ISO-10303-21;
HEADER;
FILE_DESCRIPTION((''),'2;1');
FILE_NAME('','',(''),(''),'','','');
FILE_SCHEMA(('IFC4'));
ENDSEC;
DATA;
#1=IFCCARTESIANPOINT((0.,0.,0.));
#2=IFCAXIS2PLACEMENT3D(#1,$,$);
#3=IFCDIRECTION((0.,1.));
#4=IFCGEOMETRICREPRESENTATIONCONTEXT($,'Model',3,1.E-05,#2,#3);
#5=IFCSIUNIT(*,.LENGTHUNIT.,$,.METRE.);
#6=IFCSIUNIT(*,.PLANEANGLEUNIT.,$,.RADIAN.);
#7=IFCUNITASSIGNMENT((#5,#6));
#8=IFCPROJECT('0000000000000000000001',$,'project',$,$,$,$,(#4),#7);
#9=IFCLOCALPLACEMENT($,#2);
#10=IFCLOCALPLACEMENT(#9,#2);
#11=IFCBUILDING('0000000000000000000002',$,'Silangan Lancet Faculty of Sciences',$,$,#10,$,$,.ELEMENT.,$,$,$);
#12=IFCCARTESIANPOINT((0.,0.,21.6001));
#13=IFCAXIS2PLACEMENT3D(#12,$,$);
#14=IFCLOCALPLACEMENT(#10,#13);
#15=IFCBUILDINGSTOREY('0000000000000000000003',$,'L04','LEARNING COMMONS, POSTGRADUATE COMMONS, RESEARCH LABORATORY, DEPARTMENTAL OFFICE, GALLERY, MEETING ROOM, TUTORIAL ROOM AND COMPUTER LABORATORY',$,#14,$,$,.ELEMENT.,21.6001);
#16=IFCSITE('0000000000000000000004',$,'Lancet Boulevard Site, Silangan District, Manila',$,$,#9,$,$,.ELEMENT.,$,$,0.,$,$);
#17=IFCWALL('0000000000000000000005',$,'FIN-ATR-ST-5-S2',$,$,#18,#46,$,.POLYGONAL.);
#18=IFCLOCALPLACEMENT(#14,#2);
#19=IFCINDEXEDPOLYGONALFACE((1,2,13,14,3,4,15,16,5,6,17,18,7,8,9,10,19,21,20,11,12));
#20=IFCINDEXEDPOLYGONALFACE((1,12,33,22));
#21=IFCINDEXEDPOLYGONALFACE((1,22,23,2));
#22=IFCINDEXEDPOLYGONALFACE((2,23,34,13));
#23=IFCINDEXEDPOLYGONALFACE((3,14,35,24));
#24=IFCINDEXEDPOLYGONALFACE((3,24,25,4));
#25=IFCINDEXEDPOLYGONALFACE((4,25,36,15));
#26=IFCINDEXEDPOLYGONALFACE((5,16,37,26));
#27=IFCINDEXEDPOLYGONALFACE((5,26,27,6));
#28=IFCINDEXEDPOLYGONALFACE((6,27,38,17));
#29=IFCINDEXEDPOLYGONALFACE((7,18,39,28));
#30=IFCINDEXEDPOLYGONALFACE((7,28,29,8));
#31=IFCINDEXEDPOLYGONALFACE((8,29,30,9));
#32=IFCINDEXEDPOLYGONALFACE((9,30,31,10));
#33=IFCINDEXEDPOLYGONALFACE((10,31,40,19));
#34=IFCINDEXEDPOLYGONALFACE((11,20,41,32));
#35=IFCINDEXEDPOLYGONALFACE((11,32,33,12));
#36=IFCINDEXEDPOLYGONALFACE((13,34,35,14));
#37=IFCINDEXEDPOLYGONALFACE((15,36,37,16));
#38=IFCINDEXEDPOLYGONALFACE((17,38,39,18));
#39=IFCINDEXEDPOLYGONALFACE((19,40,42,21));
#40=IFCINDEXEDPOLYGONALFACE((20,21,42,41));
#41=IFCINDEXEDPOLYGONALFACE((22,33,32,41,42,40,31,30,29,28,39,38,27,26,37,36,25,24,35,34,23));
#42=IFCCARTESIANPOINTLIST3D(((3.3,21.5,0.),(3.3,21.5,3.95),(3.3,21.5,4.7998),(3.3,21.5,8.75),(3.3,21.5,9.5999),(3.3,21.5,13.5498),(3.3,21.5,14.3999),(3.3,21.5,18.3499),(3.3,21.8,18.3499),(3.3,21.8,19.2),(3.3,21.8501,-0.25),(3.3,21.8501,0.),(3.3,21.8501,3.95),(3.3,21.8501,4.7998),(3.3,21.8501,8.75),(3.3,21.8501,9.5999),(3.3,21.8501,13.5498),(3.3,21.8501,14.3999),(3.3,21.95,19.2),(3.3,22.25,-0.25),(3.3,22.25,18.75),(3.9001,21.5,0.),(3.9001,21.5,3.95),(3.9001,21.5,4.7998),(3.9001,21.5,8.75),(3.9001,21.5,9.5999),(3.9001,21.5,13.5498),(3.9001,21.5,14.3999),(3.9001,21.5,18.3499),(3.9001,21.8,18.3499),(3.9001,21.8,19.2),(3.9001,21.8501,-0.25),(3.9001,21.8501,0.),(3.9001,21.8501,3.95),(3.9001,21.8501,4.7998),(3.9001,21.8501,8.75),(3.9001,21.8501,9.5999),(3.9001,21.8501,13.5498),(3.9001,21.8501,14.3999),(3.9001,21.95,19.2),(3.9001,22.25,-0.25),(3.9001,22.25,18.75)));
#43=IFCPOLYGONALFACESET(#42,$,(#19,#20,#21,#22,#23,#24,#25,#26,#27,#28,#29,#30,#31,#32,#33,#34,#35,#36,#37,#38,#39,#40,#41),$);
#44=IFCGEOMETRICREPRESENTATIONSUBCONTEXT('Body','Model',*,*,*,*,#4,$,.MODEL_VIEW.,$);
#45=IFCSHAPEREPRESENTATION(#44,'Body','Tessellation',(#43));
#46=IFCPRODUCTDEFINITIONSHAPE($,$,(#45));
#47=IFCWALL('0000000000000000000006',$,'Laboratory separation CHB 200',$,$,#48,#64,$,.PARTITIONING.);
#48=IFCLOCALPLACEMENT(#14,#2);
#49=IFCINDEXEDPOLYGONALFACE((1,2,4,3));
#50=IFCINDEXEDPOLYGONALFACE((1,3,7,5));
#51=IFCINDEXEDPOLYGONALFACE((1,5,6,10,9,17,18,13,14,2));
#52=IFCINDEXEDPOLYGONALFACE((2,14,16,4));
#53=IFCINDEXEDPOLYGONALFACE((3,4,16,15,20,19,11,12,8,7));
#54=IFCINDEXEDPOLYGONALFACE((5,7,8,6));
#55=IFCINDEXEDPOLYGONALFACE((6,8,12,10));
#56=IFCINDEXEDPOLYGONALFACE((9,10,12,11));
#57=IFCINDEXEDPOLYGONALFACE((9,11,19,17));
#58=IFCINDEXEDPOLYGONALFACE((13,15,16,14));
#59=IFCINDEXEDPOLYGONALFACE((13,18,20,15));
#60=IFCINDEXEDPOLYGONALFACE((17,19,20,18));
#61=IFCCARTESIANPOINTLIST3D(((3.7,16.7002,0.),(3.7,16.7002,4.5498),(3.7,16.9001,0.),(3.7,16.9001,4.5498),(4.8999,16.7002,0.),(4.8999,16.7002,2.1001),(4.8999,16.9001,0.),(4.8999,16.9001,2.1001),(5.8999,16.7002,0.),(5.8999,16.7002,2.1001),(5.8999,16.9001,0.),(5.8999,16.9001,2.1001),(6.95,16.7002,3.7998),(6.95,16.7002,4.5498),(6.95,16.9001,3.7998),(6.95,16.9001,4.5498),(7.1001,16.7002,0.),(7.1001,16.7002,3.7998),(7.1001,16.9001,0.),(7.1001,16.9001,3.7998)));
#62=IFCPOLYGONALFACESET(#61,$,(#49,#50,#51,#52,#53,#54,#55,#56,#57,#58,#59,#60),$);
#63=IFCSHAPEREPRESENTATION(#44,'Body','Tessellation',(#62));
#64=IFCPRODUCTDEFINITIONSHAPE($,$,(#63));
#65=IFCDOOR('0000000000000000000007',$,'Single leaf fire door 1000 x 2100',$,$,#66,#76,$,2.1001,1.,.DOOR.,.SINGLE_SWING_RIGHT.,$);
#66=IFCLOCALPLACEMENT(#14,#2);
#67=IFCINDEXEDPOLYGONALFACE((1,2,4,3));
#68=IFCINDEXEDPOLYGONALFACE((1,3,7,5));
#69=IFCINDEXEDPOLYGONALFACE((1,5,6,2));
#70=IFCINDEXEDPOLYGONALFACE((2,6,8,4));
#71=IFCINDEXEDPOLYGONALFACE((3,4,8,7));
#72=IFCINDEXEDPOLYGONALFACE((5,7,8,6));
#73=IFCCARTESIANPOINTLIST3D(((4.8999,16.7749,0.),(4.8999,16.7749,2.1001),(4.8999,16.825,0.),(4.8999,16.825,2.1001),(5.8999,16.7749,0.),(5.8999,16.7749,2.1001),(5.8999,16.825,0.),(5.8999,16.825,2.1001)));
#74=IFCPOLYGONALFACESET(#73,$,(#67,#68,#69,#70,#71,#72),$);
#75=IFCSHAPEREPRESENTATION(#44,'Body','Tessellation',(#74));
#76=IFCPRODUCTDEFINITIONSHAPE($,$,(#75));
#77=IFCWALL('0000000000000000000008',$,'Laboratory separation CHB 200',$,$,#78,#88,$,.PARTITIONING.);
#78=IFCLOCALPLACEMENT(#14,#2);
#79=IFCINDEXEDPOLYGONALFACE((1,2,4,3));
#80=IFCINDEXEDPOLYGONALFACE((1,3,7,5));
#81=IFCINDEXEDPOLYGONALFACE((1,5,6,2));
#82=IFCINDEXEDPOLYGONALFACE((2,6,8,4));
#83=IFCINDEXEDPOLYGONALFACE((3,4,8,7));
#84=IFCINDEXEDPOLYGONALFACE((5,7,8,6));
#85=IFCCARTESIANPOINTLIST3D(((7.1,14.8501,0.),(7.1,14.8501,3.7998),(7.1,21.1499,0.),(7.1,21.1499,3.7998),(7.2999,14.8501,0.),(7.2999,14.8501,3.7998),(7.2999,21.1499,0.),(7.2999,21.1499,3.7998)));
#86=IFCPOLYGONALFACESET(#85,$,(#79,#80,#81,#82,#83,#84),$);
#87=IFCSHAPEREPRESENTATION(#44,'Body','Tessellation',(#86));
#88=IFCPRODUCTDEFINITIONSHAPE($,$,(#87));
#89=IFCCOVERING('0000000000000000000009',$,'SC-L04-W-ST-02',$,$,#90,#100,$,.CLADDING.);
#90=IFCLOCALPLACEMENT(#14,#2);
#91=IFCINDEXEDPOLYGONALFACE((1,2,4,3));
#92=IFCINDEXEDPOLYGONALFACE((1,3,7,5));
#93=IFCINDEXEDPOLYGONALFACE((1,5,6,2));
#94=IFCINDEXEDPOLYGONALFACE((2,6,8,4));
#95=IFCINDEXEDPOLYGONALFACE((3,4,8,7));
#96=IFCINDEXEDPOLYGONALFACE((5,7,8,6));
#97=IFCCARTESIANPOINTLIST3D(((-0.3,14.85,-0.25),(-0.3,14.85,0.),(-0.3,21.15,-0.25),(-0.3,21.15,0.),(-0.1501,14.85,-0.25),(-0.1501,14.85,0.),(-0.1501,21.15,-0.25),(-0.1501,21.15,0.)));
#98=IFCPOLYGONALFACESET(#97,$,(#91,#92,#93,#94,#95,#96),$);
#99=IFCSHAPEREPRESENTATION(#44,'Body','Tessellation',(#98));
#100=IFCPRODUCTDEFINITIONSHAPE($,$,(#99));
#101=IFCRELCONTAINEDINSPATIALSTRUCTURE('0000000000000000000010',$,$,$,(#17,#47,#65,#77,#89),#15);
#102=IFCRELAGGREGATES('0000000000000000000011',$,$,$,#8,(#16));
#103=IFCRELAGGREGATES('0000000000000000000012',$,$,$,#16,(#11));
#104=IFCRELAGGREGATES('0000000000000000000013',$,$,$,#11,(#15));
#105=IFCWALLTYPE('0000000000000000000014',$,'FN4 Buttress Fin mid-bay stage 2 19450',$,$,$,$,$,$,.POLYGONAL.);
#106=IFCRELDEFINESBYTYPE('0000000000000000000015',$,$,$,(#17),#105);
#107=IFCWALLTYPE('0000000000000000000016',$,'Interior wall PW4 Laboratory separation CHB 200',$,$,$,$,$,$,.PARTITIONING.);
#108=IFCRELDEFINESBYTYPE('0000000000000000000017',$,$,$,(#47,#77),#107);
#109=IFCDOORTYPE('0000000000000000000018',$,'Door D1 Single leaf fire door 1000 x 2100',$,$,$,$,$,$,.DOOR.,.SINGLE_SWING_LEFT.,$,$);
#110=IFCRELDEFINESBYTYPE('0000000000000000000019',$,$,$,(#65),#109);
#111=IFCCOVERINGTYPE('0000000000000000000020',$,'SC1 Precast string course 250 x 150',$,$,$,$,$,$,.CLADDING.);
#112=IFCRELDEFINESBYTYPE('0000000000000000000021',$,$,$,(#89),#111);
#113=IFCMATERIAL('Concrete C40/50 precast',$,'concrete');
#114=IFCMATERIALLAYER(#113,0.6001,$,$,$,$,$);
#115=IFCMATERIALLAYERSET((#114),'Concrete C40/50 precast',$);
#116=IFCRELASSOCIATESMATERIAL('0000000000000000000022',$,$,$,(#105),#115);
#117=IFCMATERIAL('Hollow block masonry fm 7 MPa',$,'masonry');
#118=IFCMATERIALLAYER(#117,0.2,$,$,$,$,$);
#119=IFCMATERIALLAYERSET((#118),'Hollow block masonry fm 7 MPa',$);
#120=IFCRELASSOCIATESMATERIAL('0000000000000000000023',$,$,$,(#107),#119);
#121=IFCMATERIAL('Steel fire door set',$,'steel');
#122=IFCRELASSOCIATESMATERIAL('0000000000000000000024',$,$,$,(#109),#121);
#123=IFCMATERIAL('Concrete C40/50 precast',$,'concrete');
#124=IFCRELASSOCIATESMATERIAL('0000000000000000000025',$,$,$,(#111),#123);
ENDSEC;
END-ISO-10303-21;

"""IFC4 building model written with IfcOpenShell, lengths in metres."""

from ifc_helpers import new_model, si_unit, direction, frame, frame_2d, origin, origin_2d, place, context, subcontext, project, spatial, polyline, rectangle, outline, extrude, material, layer, layer_set, type_object, element, fill, save


model = new_model("IFC4")

# Units and contexts
model_context = context("Model", 3, precision=1e-05, world=origin(), true_north=direction((0.0, 1.0)))
body_context = subcontext(model_context, "Body", "Model", "MODEL_VIEW")
ifc_project = project(units=[si_unit("LENGTHUNIT", "METRE"), si_unit("PLANEANGLEUNIT", "RADIAN")], contexts=[model_context])

# Site, building, storey
site_placement = place(None, origin())
site = spatial("IfcSite", under=ifc_project, at=site_placement, Name="Lancet Boulevard Site, Silangan District, Manila", CompositionType="ELEMENT", RefElevation=0.0)
building_placement = place(site_placement, origin())
building = spatial("IfcBuilding", under=site, at=building_placement, Name="Silangan Lancet Faculty of Sciences", CompositionType="ELEMENT")
storey_placement = place(building_placement, frame((0.0, 0.0, 21.6001)))
storey = spatial("IfcBuildingStorey", under=building, at=storey_placement, Name="L04", Description="LEARNING COMMONS, POSTGRADUATE COMMONS, RESEARCH LABORATORY, DEPARTMENTAL OFFICE, GALLERY, MEETING ROOM, TUTORIAL ROOM AND COMPUTER LABORATORY", CompositionType="ELEMENT", Elevation=21.6001)

# Wall
ifc_material_1 = material(Name="Concrete C40/50 precast", Category="concrete")
ifc_layer_1 = layer(ifc_material_1, 0.6001)
ifc_layer_set_1 = layer_set([ifc_layer_1], Name="Concrete C40/50 precast")
wall_type_1 = type_object("IfcWallType", Name="FN4 Buttress Fin mid-bay stage 2 19450", PredefinedType="POLYGONAL", material=ifc_layer_set_1)
wall_1_placement = place(storey_placement, frame((3.6001, 21.5, -0.25), z_axis=(0.0, 0.0, 1.0), x_axis=(0.0, 1.0, 0.0)))
element("IfcWall", 1, at=wall_1_placement, inside=storey, type_object=wall_type_1, Name="FIN-ATR-ST-5-S2", PredefinedType="POLYGONAL", context=body_context, shape_type="SweptSolid", body=[
    extrude(outline(polyline([(0.75, 0.0), (0.75, 19.0), (0.45, 19.45), (0.3, 19.45), (0.3, 18.5999), (0.0, 18.5999), (0.0, 14.6499), (0.3501, 14.6499), (0.3501, 13.7998), (0.0, 13.7998), (0.0, 9.8499), (0.3501, 9.8499), (0.3501, 9.0), (0.0, 9.0), (0.0, 5.0498), (0.3501, 5.0498), (0.3501, 4.2), (0.0, 4.2), (0.0, 0.25), (0.3501, 0.25), (0.3501, 0.0), (0.75, 0.0)])), frame((0.0, 0.3, 0.0), z_axis=(0.0, -1.0, 0.0), x_axis=(1.0, 0.0, 0.0)), (0.0, 0.0, 1.0), 0.6001),
])

# Wall, opening, door
ifc_material_2 = material(Name="Hollow block masonry fm 7 MPa", Category="masonry")
ifc_layer_2 = layer(ifc_material_2, 0.2)
ifc_layer_set_2 = layer_set([ifc_layer_2], Name="Hollow block masonry fm 7 MPa")
wall_type_2 = type_object("IfcWallType", Name="Interior wall PW4 Laboratory separation CHB 200", PredefinedType="PARTITIONING", material=ifc_layer_set_2)
wall_2_placement = place(storey_placement, frame((3.7, 16.8, 0.0), z_axis=(0.0, 0.0, 1.0), x_axis=(1.0, 0.0, 0.0)))
wall_2 = element("IfcWall", 2, at=wall_2_placement, inside=storey, type_object=wall_type_2, Name="Laboratory separation CHB 200", PredefinedType="PARTITIONING", context=body_context, shape_type="SweptSolid", body=[
    extrude(outline(polyline([(0.0, 0.0), (3.4001, 0.0), (3.4001, 3.7998), (3.25, 3.7998), (3.25, 4.5498), (0.0, 4.5498), (0.0, 0.0)])), frame((0.0, 0.1001, 0.0), z_axis=(0.0, -1.0, 0.0), x_axis=(1.0, 0.0, 0.0)), (0.0, 0.0, 1.0), 0.2),
])
opening_1_placement = place(wall_2_placement, frame((1.2, 0.0, 0.0)))
opening_1 = element("IfcOpeningElement", 3, at=opening_1_placement, cuts=wall_2, PredefinedType="OPENING", context=body_context, shape_type="SweptSolid", body=[
    extrude(rectangle(XDim=1.0, YDim=2.1001, at=frame_2d((0.5, 1.05))), frame((0.0, 0.1099, 0.0), z_axis=(0.0, -1.0, 0.0), x_axis=(1.0, 0.0, 0.0)), (0.0, 0.0, 1.0), 0.22),
])
ifc_material_3 = material(Name="Steel fire door set", Category="steel")
door_type = type_object("IfcDoorType", Name="Door D1 Single leaf fire door 1000 x 2100", OperationType="SINGLE_SWING_LEFT", PredefinedType="DOOR", material=ifc_material_3)
door_placement = place(opening_1_placement, origin())
door = element("IfcDoor", 4, at=door_placement, inside=storey, type_object=door_type, Name="Single leaf fire door 1000 x 2100", OperationType="SINGLE_SWING_RIGHT", OverallHeight=2.1001, OverallWidth=1.0, PredefinedType="DOOR", context=body_context, shape_type="SweptSolid", body=[
    extrude(rectangle(XDim=1.0, YDim=2.1001, at=frame_2d((0.5, 1.05))), frame((0.0, 0.0249, 0.0), z_axis=(0.0, -1.0, 0.0), x_axis=(1.0, 0.0, 0.0)), (0.0, 0.0, 1.0), 0.05),
])
fill(opening_1, door)

# Wall
wall_3_placement = place(storey_placement, frame((7.2, 14.8501, 0.0), z_axis=(0.0, 0.0, 1.0), x_axis=(0.0, 1.0, 0.0)))
element("IfcWall", 5, at=wall_3_placement, inside=storey, type_object=wall_type_2, Name="Laboratory separation CHB 200", PredefinedType="PARTITIONING", context=body_context, shape_type="SweptSolid", body=[
    extrude(rectangle(XDim=6.2998, YDim=0.2, at=frame_2d((3.1499, 0.0))), origin(), (0.0, 0.0, 1.0), 3.7998),
])

# Covering
ifc_material_4 = material(Name="Concrete C40/50 precast", Category="concrete")
covering_type = type_object("IfcCoveringType", Name="SC1 Precast string course 250 x 150", PredefinedType="CLADDING", material=ifc_material_4)
covering_placement = place(storey_placement, frame((-0.2251, 18.0, -0.25), z_axis=(0.0, 0.0, 1.0), x_axis=(1.0, 0.0, 0.0)))
element("IfcCovering", 6, at=covering_placement, inside=storey, type_object=covering_type, Name="SC-L04-W-ST-02", PredefinedType="CLADDING", context=body_context, shape_type="SweptSolid", body=[
    extrude(rectangle(XDim=0.1499, YDim=6.3, at=origin_2d()), origin(), (0.0, 0.0, 1.0), 0.25),
])

save(model, "model.ifc")
